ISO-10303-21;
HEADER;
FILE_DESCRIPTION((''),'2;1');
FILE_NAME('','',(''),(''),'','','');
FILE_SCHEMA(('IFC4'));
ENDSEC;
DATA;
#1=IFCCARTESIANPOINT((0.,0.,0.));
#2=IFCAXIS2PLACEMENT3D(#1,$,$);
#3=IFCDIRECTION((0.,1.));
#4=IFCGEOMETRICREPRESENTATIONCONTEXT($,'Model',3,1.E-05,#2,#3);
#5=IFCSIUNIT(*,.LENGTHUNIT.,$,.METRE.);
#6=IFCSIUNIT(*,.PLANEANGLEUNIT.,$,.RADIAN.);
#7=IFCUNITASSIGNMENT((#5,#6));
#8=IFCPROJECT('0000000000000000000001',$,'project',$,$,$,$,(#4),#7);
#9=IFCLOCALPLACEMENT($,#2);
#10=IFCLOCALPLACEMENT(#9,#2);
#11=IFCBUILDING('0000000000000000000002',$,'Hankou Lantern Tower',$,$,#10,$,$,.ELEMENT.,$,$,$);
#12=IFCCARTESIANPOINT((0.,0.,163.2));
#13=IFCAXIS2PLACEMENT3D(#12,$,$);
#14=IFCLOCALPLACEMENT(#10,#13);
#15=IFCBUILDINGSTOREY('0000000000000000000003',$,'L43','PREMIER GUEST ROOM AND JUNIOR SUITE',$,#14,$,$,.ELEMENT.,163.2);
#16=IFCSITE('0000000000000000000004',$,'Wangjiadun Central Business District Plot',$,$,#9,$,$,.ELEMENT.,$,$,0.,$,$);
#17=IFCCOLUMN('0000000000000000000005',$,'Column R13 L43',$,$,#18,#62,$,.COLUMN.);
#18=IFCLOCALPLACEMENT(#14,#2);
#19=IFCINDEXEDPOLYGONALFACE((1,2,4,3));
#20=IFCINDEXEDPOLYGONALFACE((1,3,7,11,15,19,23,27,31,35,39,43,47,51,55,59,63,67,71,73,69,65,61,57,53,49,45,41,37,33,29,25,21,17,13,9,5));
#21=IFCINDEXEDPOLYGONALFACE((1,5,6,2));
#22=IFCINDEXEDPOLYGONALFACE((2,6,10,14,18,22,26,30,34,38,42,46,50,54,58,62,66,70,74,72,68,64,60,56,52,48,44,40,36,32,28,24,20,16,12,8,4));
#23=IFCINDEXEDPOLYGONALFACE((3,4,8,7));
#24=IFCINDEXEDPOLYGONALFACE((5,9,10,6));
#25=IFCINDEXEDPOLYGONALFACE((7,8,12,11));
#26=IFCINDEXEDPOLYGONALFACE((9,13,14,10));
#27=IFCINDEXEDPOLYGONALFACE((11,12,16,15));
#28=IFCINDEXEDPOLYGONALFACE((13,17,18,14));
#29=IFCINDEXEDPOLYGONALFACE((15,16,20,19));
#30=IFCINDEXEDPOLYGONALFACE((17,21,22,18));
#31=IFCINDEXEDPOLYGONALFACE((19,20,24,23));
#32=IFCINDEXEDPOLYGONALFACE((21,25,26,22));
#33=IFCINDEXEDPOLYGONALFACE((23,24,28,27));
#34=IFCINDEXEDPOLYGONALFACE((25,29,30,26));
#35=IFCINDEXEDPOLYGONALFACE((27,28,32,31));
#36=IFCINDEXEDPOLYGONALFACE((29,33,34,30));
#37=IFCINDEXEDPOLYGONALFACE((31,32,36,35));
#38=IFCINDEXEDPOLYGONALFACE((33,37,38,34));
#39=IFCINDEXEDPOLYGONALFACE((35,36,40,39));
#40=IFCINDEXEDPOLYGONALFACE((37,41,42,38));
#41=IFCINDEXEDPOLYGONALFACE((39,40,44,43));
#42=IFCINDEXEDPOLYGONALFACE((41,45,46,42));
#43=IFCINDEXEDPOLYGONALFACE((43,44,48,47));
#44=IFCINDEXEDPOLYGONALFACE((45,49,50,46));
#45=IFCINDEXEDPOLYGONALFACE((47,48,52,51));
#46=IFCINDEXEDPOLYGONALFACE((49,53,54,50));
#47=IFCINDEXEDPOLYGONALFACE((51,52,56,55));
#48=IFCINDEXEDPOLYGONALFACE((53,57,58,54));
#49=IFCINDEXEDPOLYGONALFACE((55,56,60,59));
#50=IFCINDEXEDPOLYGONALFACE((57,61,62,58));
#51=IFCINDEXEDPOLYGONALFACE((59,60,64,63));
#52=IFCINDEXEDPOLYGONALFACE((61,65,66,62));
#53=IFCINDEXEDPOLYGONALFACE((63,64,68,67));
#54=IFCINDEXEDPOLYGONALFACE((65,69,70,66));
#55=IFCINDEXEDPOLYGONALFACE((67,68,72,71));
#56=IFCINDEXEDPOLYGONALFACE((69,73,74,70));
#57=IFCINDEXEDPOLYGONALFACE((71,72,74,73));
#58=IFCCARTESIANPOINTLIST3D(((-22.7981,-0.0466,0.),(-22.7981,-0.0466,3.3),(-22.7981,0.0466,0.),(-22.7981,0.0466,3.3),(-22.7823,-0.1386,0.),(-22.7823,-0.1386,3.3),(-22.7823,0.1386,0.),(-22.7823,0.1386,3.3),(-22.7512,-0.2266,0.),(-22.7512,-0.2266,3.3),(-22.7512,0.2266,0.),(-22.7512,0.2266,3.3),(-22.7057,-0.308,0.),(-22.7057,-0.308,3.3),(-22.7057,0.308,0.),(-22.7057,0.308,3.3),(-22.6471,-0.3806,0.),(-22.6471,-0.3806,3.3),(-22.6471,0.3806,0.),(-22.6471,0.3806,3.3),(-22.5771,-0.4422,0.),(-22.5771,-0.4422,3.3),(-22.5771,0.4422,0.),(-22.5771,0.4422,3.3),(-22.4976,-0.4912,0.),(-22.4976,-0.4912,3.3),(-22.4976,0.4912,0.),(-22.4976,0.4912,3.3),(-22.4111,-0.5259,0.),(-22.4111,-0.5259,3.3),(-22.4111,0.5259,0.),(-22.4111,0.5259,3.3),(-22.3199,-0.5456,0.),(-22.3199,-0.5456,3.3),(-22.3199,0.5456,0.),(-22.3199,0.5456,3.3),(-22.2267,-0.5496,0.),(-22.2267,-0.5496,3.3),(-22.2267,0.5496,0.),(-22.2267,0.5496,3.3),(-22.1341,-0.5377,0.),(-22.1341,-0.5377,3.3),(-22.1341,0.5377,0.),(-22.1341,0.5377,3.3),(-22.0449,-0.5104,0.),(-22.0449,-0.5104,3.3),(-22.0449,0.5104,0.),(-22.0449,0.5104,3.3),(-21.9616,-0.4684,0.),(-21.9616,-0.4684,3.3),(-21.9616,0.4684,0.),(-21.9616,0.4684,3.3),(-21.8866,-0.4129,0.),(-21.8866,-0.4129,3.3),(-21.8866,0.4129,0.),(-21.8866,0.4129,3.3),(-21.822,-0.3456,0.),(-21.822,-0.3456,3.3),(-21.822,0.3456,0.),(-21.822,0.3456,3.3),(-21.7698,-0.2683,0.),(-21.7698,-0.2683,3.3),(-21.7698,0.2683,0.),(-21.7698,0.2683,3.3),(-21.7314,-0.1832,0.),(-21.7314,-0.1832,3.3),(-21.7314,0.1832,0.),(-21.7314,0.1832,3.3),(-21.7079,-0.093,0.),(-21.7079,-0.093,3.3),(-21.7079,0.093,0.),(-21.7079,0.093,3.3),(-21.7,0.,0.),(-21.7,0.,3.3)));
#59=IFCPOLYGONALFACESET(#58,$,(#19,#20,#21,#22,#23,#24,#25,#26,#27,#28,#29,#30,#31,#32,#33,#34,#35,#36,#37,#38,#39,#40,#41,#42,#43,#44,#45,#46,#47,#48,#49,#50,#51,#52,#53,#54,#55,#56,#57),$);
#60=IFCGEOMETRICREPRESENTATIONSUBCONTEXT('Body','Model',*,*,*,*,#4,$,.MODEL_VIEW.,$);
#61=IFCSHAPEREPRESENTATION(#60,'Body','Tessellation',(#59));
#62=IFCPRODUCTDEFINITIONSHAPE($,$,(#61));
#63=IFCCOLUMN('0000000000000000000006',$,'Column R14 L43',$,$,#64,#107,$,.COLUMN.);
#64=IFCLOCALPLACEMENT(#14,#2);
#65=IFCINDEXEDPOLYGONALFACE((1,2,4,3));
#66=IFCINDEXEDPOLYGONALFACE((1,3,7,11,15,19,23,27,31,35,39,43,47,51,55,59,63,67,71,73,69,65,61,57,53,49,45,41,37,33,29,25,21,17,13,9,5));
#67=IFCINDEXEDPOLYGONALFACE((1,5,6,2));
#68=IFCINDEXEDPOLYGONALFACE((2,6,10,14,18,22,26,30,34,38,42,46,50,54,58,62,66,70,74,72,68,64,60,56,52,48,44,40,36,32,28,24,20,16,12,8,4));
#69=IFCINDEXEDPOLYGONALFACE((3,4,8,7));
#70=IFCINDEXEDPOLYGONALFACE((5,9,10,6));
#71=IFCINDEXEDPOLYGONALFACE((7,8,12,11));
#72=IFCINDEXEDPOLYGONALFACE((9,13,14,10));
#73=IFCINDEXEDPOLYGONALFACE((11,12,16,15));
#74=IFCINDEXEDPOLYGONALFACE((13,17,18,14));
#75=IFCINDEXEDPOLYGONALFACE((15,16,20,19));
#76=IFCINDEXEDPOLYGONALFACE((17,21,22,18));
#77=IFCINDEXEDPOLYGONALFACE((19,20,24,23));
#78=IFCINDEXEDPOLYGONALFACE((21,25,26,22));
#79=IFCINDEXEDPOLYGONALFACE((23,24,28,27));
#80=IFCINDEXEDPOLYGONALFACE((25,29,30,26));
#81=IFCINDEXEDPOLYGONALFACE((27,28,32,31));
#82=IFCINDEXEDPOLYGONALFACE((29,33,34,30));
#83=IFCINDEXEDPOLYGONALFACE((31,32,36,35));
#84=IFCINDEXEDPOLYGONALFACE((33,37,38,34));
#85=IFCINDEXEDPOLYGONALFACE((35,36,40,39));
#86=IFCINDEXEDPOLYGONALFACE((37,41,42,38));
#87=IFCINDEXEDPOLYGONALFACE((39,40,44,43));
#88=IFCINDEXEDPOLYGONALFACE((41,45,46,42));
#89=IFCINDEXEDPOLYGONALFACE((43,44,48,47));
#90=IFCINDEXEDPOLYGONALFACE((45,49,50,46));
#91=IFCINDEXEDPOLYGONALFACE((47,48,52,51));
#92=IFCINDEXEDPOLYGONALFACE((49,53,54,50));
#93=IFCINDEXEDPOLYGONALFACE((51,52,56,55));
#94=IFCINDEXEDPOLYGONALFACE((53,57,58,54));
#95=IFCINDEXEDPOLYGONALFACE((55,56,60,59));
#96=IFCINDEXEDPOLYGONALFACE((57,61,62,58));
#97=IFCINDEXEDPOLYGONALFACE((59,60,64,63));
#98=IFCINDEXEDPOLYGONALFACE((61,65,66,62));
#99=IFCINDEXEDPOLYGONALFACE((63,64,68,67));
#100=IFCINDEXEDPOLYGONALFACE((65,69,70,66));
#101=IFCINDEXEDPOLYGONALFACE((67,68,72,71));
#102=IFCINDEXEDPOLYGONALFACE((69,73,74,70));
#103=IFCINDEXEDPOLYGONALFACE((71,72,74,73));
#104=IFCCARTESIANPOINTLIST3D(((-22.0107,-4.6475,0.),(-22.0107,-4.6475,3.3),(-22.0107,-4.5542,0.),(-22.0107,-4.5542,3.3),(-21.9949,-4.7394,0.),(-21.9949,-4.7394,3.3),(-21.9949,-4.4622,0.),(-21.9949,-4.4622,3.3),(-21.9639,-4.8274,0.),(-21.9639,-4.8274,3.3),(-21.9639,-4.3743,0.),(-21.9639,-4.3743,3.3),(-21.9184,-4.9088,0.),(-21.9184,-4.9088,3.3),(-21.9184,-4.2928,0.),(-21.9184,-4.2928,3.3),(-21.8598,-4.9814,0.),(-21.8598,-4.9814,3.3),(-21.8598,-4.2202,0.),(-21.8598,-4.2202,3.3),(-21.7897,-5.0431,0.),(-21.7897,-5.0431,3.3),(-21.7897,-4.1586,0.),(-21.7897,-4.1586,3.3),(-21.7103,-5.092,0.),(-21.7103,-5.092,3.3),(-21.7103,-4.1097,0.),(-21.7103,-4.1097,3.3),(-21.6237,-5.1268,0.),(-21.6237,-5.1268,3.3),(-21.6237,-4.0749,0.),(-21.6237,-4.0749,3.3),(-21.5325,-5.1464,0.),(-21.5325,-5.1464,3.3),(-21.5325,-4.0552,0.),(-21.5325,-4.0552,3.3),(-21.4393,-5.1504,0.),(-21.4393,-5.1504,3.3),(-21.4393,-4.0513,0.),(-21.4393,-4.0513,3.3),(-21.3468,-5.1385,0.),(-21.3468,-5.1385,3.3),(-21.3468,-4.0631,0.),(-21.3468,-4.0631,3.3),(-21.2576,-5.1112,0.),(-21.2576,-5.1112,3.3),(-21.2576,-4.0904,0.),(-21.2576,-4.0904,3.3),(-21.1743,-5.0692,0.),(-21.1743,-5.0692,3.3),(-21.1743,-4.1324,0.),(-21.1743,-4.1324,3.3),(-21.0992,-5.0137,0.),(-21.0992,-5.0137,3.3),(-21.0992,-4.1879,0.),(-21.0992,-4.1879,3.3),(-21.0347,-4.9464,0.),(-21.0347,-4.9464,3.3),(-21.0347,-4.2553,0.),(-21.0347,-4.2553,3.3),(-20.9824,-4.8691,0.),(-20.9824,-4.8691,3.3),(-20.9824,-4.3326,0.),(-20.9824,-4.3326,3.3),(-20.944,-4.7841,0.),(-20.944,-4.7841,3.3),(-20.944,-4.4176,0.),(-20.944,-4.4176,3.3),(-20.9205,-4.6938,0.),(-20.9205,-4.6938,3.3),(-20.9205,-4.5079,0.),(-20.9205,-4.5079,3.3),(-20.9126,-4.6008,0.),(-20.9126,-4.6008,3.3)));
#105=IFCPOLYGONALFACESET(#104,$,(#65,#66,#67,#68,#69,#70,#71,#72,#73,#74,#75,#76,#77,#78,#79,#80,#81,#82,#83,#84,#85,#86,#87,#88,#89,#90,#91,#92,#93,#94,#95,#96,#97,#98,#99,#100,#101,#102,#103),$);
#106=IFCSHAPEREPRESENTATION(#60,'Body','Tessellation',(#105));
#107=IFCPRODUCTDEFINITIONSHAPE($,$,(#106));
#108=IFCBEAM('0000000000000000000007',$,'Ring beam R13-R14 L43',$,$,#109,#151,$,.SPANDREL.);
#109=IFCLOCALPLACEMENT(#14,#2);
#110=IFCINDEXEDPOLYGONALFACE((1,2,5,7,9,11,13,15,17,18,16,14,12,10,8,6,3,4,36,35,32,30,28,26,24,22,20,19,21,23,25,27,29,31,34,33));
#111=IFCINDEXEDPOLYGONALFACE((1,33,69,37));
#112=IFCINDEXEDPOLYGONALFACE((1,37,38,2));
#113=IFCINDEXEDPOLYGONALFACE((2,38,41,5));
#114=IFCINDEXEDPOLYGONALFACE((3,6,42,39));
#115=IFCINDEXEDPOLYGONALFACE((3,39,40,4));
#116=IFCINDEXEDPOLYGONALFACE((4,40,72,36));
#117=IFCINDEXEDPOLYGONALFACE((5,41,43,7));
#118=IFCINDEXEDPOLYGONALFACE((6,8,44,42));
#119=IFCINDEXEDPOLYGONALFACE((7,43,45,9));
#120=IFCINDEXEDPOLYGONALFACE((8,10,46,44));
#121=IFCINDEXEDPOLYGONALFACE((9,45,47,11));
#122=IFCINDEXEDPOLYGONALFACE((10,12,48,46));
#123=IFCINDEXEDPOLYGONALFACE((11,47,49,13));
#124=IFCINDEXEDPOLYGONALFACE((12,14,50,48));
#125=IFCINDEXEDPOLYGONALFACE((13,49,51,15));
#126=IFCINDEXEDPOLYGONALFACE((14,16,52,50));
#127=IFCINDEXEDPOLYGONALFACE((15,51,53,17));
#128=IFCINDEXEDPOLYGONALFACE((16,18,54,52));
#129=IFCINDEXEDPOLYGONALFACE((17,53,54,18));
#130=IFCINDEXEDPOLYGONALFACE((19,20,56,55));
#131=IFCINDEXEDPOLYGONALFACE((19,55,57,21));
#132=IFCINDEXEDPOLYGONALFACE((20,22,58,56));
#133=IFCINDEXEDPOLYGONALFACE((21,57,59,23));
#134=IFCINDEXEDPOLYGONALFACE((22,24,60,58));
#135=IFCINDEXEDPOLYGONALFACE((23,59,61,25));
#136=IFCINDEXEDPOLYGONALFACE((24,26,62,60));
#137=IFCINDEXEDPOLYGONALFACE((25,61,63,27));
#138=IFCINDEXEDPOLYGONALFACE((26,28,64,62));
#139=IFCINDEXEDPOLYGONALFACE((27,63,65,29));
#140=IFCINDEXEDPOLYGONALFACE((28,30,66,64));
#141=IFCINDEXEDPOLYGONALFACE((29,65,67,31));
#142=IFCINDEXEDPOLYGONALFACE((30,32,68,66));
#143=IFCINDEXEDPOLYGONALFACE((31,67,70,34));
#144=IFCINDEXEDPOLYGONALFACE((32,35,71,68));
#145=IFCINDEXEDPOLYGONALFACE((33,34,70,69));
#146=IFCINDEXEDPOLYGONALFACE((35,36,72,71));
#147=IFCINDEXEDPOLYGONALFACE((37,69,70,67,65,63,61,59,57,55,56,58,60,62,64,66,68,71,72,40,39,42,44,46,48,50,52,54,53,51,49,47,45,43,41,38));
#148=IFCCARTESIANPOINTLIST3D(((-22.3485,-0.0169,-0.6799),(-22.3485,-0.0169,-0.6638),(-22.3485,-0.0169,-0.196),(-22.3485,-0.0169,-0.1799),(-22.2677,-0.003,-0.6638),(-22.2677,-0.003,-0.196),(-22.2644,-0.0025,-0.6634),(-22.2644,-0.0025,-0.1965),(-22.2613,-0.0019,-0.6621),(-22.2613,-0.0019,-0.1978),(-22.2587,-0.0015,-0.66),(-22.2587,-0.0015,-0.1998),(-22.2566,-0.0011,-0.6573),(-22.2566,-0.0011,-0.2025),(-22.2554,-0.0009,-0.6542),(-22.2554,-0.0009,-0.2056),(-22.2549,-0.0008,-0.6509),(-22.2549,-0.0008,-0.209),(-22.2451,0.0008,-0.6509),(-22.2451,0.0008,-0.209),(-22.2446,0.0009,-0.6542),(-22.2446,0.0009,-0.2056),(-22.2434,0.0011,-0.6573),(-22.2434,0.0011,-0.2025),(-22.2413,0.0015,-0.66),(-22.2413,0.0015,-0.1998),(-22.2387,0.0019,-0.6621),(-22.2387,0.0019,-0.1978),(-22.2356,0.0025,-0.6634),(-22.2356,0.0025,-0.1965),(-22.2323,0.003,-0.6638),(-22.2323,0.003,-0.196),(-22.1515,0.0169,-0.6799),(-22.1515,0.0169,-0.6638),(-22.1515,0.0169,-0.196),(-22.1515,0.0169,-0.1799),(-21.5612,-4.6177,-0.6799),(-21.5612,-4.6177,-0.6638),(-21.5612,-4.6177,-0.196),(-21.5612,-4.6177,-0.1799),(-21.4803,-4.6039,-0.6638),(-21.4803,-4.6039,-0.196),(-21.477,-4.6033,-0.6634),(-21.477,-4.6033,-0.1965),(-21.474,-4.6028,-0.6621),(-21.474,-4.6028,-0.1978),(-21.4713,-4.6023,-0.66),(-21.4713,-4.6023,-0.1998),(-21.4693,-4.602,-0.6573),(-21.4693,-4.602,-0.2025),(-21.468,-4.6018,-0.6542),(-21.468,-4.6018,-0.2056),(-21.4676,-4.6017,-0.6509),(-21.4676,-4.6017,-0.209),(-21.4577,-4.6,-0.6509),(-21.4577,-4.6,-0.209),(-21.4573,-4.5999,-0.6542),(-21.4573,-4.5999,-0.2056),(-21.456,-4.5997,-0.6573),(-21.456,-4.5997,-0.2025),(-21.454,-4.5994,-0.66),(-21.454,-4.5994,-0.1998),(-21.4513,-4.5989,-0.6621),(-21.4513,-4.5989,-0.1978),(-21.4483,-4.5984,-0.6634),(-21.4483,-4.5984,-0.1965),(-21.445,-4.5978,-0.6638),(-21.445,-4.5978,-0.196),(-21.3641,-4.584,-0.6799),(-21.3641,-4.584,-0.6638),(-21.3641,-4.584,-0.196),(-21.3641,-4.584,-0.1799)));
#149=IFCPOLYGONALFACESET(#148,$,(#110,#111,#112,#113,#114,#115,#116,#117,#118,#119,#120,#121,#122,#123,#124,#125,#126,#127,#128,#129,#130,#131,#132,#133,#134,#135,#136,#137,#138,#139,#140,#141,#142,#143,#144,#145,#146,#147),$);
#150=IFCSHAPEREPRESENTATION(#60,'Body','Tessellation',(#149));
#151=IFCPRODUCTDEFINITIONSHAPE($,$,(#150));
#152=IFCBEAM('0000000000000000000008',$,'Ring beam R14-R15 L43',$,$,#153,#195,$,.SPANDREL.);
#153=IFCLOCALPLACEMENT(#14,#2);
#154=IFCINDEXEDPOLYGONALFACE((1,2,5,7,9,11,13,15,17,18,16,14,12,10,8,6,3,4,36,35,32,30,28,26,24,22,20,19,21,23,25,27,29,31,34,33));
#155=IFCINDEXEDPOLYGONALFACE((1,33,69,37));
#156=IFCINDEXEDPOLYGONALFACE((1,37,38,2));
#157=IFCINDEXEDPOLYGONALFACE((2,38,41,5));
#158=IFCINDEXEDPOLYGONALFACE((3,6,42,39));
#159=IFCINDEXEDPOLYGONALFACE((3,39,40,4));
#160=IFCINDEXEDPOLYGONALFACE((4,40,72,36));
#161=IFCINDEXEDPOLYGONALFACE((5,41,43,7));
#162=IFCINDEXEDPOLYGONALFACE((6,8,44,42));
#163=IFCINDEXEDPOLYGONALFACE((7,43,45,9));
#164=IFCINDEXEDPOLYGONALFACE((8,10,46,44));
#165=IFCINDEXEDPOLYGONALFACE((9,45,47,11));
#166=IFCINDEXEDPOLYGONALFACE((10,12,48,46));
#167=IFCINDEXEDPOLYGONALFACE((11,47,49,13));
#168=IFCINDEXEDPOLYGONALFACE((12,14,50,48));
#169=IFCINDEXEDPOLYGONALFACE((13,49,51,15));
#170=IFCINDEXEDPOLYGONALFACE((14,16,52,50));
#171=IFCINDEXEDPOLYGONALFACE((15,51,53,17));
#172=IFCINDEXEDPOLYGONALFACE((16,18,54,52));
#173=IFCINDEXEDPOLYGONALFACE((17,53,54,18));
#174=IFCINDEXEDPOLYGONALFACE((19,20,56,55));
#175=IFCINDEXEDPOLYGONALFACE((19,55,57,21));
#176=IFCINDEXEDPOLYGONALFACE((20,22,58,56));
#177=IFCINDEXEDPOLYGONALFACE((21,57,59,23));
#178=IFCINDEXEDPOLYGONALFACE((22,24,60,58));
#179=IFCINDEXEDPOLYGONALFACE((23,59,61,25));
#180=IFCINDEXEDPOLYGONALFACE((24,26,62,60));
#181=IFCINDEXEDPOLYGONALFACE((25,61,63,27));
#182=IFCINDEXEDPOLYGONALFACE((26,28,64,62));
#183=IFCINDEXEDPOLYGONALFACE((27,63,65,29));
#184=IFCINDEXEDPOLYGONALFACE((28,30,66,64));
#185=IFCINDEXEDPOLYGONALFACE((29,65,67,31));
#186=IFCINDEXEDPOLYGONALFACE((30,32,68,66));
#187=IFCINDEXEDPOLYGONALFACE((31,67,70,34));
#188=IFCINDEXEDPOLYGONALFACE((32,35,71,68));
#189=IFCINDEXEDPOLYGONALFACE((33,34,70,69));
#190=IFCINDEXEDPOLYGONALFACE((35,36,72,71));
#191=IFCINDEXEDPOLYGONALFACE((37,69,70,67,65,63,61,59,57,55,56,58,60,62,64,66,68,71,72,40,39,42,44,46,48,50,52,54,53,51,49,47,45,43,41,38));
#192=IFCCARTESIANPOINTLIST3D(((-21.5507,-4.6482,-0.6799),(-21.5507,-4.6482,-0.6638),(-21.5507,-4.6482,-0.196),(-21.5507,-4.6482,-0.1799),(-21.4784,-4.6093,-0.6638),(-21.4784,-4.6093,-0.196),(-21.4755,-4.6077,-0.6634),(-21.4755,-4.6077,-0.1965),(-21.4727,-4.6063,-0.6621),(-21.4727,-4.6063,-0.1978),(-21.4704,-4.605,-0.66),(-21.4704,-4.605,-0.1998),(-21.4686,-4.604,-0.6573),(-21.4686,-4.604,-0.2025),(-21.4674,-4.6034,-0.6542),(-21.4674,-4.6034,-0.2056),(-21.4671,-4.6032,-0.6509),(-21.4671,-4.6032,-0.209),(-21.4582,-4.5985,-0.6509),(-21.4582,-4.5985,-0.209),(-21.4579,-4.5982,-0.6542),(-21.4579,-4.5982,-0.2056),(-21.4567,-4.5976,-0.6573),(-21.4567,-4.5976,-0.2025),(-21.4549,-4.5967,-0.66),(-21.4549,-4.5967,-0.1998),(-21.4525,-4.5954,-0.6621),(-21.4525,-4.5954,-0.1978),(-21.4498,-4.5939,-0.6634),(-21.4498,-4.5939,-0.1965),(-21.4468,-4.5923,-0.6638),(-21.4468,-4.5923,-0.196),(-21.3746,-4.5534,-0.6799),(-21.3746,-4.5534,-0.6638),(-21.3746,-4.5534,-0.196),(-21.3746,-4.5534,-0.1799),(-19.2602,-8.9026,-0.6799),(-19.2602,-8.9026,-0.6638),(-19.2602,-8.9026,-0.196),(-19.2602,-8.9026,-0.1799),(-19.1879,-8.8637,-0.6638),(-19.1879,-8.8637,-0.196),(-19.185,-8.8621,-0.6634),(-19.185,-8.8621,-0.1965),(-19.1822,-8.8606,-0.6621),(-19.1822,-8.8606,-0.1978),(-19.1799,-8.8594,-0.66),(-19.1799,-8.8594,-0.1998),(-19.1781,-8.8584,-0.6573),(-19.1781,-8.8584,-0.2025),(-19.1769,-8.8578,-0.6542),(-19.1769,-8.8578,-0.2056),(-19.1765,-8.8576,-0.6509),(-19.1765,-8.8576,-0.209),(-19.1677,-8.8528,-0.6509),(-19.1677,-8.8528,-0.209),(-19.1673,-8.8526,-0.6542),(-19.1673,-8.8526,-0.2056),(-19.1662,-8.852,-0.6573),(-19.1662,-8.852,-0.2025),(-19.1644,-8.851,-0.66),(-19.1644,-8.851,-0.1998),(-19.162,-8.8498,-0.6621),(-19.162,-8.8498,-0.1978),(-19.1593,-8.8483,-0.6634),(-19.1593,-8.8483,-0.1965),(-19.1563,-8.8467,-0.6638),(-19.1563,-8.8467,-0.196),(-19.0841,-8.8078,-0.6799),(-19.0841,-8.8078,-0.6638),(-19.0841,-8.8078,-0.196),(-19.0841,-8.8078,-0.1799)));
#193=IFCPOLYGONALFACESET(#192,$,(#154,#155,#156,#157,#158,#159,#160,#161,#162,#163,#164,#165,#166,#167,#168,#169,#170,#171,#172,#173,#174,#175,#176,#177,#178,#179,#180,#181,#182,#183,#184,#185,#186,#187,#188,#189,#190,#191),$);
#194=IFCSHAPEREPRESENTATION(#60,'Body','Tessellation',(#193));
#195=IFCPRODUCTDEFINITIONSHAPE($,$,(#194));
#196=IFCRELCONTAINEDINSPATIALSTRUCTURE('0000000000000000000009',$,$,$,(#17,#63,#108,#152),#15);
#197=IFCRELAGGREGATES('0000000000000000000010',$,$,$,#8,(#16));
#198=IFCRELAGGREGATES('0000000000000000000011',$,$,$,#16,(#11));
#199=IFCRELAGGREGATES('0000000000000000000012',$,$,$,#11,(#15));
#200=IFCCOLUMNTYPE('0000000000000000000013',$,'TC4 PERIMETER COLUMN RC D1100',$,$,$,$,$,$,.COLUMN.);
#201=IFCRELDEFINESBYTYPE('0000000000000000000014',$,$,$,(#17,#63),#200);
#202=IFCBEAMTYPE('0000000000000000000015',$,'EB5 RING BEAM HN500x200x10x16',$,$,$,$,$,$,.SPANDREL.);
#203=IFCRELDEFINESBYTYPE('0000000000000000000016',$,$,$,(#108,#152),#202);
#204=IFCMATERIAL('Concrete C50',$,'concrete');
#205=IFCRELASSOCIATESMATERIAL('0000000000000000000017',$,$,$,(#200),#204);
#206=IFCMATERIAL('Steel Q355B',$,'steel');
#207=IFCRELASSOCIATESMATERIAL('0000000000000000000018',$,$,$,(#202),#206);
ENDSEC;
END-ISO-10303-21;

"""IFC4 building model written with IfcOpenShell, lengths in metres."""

from ifc_helpers import new_model, si_unit, direction, frame, origin, origin_2d, place, context, subcontext, project, spatial, circle, i_section, extrude, material, material_profile, profile_set, type_object, element, save


model = new_model("IFC4")

# Units and contexts
model_context = context("Model", 3, precision=1e-05, world=origin(), true_north=direction((0.0, 1.0)))
body_context = subcontext(model_context, "Body", "Model", "MODEL_VIEW")
ifc_project = project(units=[si_unit("LENGTHUNIT", "METRE"), si_unit("PLANEANGLEUNIT", "RADIAN")], contexts=[model_context])

# Site, building, storey
site_placement = place(None, origin())
site = spatial("IfcSite", under=ifc_project, at=site_placement, Name="Wangjiadun Central Business District Plot", CompositionType="ELEMENT", RefElevation=0.0)
building_placement = place(site_placement, origin())
building = spatial("IfcBuilding", under=site, at=building_placement, Name="Hankou Lantern Tower", CompositionType="ELEMENT")
storey_placement = place(building_placement, frame((0.0, 0.0, 163.2)))
storey = spatial("IfcBuildingStorey", under=building, at=storey_placement, Name="L43", Description="PREMIER GUEST ROOM AND JUNIOR SUITE", CompositionType="ELEMENT", Elevation=163.2)

# Columns
ifc_material_1 = material(Name="Concrete C50", Category="concrete")
ifc_material_profile_1 = material_profile(ifc_material_1, circle(Radius=0.55, at=origin_2d()), Name="RC D1100")
ifc_profile_set_1 = profile_set([ifc_material_profile_1], Name="Concrete C50")
column_type = type_object("IfcColumnType", Name="TC4 PERIMETER COLUMN RC D1100", PredefinedType="COLUMN", material=ifc_profile_set_1)
for number, where, z_axis, x_axis, name in (
    (1, (-22.25, 0.0, 0.0), (0.0, 0.0, 1.0), (1.0, 0.0, 0.0), "Column R13 L43"),
    (2, (-21.4626, -4.6008, 0.0), (0.0, 0.0, 1.0), (1.0, 0.0, 0.0), "Column R14 L43"),
):
    element("IfcColumn", number, at=place(storey_placement, frame(where, z_axis=z_axis, x_axis=x_axis)), inside=storey, type_object=column_type, Name=name, PredefinedType="COLUMN", context=body_context, shape_type="SweptSolid", body=[
        extrude(circle(Radius=0.55, at=origin_2d()), origin(), (0.0, 0.0, 1.0), 3.3),
    ])

# Beams
ifc_material_2 = material(Name="Steel Q355B", Category="steel")
ifc_material_profile_2 = material_profile(ifc_material_2, i_section(OverallWidth=0.2, OverallDepth=0.5, WebThickness=0.01, FlangeThickness=0.0161, FilletRadius=0.0129, at=origin_2d()), Name="HN500x200x10x16")
ifc_profile_set_2 = profile_set([ifc_material_profile_2], Name="Steel Q355B")
beam_type_1 = type_object("IfcBeamType", Name="EB5 RING BEAM HN500x200x10x16", PredefinedType="SPANDREL", material=ifc_profile_set_2)
beam_1_placement = place(storey_placement, frame((-22.25, 0.0, -0.4299), z_axis=(0.168681, -0.985671, 0.0), x_axis=(0.985671, 0.168681, 0.0)))
element("IfcBeam", 3, at=beam_1_placement, inside=storey, type_object=beam_type_1, Name="Ring beam R13-R14 L43", PredefinedType="SPANDREL", context=body_context, shape_type="SweptSolid", body=[
    extrude(i_section(OverallWidth=0.2, OverallDepth=0.5, WebThickness=0.01, FlangeThickness=0.0161, FilletRadius=0.0129, at=origin_2d()), origin(), (0.0, 0.0, 1.0), 4.6677),
])
beam_2_placement = place(storey_placement, frame((-21.4626, -4.6008, -0.4299), z_axis=(0.474052, -0.880497, 0.0), x_axis=(0.880497, 0.474052, 0.0)))
element("IfcBeam", 4, at=beam_2_placement, inside=storey, type_object=beam_type_1, Name="Ring beam R14-R15 L43", PredefinedType="SPANDREL", context=body_context, shape_type="SweptSolid", body=[
    extrude(i_section(OverallWidth=0.2, OverallDepth=0.5, WebThickness=0.01, FlangeThickness=0.0161, FilletRadius=0.0129, at=origin_2d()), origin(), (0.0, 0.0, 1.0), 4.8318),
])

save(model, "model.ifc")
